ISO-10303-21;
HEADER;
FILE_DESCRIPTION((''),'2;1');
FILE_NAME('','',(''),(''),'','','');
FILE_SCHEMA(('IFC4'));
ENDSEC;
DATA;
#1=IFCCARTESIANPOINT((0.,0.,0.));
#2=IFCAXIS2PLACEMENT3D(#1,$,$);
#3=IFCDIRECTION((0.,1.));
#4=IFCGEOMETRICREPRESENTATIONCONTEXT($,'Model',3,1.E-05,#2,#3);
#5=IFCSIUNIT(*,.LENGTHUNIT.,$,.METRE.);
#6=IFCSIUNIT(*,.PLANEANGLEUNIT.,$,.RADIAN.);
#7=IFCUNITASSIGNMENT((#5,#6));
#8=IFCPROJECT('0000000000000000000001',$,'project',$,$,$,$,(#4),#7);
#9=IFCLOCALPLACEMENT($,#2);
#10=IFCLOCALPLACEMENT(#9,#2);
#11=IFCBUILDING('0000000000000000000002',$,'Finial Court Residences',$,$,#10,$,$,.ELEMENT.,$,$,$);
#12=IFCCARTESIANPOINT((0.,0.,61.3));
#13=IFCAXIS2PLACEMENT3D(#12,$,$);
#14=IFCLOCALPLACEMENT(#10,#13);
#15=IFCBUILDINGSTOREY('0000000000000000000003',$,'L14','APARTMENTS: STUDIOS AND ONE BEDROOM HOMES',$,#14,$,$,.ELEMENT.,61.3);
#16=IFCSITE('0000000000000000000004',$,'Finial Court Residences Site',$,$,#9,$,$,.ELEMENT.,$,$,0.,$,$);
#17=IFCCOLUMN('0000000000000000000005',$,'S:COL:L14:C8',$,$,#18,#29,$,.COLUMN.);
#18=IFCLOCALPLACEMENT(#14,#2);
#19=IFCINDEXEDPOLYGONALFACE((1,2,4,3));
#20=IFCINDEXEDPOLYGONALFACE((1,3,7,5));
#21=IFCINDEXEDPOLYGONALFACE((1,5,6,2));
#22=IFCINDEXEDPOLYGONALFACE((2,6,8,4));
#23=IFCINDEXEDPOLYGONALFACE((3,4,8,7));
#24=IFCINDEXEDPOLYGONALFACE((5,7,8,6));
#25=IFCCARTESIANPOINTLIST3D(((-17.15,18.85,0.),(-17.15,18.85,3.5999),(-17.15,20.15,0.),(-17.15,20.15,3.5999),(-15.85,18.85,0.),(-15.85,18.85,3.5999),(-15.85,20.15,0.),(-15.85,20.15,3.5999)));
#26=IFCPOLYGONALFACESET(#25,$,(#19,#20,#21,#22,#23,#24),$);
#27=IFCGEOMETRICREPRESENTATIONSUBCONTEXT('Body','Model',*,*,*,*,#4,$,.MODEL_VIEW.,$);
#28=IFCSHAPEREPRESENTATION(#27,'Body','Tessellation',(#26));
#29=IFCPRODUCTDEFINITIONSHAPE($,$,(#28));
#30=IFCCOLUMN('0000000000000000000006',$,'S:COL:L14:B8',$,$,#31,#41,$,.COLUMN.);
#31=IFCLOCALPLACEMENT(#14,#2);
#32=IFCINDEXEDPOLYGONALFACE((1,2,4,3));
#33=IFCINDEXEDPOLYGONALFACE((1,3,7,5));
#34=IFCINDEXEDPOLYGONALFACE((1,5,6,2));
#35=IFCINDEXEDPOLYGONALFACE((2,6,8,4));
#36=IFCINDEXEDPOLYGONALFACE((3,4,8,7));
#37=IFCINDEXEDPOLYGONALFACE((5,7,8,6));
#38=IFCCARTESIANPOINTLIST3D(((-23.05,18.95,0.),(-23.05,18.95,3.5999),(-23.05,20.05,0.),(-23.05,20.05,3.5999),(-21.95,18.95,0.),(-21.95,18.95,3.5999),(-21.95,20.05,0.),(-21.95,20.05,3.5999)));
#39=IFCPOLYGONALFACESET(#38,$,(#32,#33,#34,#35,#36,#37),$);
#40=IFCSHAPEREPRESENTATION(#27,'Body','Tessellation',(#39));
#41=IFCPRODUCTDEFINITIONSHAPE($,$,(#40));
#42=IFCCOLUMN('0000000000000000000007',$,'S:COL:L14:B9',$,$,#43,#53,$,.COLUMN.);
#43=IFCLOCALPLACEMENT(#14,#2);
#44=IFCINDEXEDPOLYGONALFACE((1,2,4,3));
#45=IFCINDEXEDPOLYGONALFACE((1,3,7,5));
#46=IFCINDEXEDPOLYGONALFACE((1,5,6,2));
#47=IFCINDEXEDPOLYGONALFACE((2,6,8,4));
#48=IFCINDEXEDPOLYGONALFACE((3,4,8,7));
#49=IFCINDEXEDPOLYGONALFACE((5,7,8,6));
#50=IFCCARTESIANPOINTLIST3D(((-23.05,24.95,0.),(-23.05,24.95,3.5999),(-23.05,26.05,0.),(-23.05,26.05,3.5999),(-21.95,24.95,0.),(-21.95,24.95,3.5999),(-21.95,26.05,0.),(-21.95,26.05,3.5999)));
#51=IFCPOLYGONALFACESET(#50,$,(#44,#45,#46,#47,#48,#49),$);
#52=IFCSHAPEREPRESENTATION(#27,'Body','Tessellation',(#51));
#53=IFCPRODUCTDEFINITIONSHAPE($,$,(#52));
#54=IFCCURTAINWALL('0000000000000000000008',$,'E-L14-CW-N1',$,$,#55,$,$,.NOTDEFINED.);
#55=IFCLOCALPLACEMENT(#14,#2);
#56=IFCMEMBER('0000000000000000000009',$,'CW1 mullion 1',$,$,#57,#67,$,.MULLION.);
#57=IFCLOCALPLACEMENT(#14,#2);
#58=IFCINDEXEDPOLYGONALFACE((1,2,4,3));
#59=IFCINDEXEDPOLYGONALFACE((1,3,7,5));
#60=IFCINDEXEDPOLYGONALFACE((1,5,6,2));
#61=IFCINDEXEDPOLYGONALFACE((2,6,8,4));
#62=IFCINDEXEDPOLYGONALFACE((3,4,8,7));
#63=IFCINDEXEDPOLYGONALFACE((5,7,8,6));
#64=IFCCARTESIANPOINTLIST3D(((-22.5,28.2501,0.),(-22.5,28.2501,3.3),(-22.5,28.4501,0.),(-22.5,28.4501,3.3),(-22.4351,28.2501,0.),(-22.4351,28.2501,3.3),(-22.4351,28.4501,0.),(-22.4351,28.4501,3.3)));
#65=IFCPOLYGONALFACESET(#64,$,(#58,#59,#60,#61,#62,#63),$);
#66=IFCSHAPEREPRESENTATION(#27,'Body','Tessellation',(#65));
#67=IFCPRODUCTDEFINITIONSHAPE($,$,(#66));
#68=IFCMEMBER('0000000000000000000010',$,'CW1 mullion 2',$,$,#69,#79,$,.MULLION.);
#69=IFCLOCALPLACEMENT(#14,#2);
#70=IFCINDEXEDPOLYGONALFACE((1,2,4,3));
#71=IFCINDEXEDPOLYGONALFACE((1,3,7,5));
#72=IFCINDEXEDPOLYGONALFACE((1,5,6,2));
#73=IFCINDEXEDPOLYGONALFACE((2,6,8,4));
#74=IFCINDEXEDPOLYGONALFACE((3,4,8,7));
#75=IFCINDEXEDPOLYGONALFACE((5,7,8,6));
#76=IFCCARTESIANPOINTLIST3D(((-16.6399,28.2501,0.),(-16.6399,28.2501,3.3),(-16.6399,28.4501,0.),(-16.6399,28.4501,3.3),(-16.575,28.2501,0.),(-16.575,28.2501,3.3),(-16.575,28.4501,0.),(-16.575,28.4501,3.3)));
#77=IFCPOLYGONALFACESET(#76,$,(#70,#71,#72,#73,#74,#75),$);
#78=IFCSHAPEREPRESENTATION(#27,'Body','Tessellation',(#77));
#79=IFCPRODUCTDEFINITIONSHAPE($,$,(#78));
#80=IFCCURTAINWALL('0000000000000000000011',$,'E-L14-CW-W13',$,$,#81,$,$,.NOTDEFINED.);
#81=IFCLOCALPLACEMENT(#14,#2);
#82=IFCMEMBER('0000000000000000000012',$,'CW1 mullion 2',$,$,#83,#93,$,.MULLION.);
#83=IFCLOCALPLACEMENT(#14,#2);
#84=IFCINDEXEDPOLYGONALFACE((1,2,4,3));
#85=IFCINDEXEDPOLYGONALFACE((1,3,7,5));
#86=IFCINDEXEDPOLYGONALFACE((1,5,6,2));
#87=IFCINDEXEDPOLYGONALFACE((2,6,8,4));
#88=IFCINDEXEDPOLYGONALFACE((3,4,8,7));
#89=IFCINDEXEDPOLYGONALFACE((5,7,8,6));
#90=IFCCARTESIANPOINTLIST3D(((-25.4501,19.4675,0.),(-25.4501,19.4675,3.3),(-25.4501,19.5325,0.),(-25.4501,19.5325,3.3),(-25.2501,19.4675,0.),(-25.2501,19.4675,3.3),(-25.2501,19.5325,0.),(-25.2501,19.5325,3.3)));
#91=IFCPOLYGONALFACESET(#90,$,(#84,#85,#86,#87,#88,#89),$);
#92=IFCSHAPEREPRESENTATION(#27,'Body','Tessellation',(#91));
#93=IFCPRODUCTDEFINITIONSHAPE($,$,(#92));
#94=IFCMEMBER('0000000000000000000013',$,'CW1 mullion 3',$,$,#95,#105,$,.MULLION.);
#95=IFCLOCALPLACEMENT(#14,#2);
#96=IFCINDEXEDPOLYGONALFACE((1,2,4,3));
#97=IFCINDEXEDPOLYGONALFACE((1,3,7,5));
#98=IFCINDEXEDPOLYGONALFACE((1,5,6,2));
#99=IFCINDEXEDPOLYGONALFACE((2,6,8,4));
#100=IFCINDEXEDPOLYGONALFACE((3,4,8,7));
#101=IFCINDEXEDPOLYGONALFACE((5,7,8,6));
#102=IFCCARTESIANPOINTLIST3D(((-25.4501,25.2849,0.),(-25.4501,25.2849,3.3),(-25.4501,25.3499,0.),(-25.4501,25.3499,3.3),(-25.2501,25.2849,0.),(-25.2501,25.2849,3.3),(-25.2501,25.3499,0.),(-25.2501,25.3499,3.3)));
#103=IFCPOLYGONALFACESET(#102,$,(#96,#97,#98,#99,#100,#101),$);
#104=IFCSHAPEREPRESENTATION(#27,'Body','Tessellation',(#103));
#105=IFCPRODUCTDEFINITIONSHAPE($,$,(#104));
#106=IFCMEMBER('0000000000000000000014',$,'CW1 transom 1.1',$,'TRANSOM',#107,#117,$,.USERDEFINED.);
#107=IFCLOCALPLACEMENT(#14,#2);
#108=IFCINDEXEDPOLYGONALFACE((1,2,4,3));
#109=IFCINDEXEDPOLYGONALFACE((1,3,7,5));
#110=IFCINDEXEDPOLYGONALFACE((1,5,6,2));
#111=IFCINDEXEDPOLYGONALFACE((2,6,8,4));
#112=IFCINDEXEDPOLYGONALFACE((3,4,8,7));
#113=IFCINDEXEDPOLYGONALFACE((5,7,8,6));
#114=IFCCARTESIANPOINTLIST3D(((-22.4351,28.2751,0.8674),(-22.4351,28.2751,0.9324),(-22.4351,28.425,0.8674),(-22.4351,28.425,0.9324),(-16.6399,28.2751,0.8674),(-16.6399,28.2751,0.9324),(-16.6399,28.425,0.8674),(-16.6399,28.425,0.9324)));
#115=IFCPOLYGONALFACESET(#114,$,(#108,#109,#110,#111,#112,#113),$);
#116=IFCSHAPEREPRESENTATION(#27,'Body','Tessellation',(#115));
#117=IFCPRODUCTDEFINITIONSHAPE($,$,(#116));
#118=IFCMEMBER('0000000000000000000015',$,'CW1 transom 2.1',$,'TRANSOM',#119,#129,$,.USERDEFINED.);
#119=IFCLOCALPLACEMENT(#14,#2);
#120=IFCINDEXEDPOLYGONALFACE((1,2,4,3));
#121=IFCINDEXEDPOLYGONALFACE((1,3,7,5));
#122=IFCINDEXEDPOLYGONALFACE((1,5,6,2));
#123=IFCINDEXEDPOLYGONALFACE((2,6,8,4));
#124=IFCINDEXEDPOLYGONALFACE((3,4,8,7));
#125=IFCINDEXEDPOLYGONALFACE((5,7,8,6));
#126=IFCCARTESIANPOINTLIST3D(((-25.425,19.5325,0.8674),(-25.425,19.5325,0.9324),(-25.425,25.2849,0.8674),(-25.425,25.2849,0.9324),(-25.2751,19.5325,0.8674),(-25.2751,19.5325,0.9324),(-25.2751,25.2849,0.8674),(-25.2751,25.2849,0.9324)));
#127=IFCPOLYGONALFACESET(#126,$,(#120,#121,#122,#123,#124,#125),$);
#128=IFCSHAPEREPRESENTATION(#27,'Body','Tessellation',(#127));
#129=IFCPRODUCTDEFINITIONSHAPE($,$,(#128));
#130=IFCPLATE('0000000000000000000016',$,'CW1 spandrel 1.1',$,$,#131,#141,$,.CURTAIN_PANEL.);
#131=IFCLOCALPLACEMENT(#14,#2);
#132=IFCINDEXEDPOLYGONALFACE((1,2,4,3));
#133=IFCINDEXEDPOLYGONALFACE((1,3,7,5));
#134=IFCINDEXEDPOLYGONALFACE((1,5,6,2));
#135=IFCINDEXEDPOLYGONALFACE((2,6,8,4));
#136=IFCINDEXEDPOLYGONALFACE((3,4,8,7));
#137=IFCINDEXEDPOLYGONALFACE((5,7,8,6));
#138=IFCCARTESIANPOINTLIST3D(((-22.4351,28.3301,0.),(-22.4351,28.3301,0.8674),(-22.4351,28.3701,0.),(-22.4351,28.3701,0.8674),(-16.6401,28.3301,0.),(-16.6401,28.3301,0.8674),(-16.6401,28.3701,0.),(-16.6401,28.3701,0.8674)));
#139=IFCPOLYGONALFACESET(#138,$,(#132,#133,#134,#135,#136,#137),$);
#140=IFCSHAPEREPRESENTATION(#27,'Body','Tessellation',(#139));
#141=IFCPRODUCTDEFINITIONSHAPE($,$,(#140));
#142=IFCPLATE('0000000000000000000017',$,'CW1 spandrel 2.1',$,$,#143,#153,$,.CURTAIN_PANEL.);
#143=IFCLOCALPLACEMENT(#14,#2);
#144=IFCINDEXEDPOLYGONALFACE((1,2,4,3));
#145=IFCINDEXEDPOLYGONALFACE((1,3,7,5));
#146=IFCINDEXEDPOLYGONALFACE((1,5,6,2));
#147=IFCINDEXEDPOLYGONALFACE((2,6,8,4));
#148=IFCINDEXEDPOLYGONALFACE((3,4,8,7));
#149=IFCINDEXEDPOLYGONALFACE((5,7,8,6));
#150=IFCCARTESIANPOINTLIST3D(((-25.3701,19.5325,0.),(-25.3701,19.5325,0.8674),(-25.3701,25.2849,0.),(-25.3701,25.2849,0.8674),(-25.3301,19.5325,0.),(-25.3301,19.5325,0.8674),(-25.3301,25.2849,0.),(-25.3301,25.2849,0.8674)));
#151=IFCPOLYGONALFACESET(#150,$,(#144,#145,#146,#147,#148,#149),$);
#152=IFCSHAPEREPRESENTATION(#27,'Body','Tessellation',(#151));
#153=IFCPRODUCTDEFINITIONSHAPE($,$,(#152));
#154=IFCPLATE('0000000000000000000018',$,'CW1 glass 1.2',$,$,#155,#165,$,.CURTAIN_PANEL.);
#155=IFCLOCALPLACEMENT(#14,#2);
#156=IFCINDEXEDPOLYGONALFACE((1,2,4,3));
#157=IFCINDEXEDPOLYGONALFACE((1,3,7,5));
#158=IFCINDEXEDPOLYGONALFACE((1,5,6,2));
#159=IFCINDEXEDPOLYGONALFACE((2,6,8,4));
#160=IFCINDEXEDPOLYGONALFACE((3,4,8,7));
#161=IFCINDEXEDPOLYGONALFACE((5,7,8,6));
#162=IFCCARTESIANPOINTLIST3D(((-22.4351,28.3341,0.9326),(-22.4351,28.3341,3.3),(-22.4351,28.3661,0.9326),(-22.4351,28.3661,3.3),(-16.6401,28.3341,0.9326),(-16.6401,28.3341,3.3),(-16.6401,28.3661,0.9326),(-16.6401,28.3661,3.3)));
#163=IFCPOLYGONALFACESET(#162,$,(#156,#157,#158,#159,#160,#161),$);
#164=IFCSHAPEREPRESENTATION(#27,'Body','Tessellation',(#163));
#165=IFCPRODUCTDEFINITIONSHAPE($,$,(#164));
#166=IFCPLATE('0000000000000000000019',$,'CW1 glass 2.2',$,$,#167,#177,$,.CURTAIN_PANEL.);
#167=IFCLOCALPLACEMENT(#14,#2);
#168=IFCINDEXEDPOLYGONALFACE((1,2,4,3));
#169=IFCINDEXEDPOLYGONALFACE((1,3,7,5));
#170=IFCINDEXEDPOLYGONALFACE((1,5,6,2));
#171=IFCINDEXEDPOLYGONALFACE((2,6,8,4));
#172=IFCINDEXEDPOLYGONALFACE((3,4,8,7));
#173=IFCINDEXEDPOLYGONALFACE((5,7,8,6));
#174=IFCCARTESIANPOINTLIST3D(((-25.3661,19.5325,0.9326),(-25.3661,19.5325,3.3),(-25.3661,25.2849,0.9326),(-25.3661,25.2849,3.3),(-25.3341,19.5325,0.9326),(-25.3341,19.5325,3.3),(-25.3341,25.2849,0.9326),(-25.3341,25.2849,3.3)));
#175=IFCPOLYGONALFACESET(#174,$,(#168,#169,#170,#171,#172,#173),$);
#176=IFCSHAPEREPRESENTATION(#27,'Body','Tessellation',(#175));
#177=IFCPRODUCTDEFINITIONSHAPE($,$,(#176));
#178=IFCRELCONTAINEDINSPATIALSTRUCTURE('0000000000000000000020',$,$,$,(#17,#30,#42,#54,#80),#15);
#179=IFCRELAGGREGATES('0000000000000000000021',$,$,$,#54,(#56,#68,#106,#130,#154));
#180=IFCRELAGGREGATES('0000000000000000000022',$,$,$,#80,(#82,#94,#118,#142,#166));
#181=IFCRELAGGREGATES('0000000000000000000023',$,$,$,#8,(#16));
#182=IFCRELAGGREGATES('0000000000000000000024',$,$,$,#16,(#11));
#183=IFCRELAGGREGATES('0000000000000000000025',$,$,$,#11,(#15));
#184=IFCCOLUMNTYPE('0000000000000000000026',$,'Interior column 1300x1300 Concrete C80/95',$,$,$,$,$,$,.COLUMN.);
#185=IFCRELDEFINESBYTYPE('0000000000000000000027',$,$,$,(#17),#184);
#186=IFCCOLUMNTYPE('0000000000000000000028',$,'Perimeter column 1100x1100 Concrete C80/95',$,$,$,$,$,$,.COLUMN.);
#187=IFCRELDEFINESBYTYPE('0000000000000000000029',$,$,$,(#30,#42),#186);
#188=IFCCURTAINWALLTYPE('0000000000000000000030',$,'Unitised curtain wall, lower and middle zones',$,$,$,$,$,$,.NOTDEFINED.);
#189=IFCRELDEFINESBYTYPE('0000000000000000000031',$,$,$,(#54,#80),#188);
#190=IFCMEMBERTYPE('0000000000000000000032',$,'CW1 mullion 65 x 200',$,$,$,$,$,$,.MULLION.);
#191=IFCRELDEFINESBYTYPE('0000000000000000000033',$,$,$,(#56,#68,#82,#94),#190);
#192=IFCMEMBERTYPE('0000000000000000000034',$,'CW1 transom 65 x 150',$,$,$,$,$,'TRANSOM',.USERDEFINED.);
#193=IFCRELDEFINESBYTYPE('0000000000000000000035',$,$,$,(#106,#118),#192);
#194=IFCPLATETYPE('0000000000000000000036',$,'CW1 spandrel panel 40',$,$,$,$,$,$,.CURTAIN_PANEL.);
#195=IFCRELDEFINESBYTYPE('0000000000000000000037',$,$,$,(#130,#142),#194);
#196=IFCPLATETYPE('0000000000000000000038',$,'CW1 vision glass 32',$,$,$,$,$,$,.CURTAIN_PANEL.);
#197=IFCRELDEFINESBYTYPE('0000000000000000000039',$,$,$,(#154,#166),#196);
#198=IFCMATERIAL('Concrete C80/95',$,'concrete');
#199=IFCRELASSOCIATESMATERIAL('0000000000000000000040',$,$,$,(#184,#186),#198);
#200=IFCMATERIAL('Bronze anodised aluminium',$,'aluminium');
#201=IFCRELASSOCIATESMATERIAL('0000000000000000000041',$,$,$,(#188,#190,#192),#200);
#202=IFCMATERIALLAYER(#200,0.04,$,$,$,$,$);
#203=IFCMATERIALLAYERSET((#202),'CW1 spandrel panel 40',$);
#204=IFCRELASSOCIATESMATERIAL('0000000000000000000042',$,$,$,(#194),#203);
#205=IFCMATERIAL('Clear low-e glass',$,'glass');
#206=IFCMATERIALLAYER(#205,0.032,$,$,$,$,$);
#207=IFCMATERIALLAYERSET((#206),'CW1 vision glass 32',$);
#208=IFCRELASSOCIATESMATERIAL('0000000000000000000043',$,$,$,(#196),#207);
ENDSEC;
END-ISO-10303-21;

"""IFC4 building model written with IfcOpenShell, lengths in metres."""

from ifc_helpers import new_model, si_unit, direction, frame, origin, origin_2d, place, context, subcontext, project, spatial, rectangle, extrude, material, layer, layer_set, material_profile, profile_set, type_object, element, aggregate, save


model = new_model("IFC4")

# Units and contexts
model_context = context("Model", 3, precision=1e-05, world=origin(), true_north=direction((0.0, 1.0)))
body_context = subcontext(model_context, "Body", "Model", "MODEL_VIEW")
ifc_project = project(units=[si_unit("LENGTHUNIT", "METRE"), si_unit("PLANEANGLEUNIT", "RADIAN")], contexts=[model_context])

# Site, building, storey
site_placement = place(None, origin())
site = spatial("IfcSite", under=ifc_project, at=site_placement, Name="Finial Court Residences Site", CompositionType="ELEMENT", RefElevation=0.0)
building_placement = place(site_placement, origin())
building = spatial("IfcBuilding", under=site, at=building_placement, Name="Finial Court Residences", CompositionType="ELEMENT")
storey_placement = place(building_placement, frame((0.0, 0.0, 61.3)))
storey = spatial("IfcBuildingStorey", under=building, at=storey_placement, Name="L14", Description="APARTMENTS: STUDIOS AND ONE BEDROOM HOMES", CompositionType="ELEMENT", Elevation=61.3)

# Columns
ifc_material_1 = material(Name="Concrete C80/95", Category="concrete")
ifc_material_profile_1 = material_profile(ifc_material_1, rectangle(XDim=1.3, YDim=1.3, at=origin_2d()), Name="1300x1300")
ifc_profile_set_1 = profile_set([ifc_material_profile_1], Name="Concrete C80/95")
column_type_1 = type_object("IfcColumnType", Name="Interior column 1300x1300 Concrete C80/95", PredefinedType="COLUMN", material=ifc_profile_set_1)
column_placement = place(storey_placement, frame((-16.5, 19.5, 0.0), z_axis=(0.0, 0.0, 1.0), x_axis=(1.0, 0.0, 0.0)))
element("IfcColumn", 1, at=column_placement, inside=storey, type_object=column_type_1, Name="S:COL:L14:C8", PredefinedType="COLUMN", context=body_context, shape_type="SweptSolid", body=[
    extrude(rectangle(XDim=1.3, YDim=1.3, at=origin_2d()), origin(), (0.0, 0.0, 1.0), 3.5999),
])
ifc_material_profile_2 = material_profile(ifc_material_1, rectangle(XDim=1.1001, YDim=1.1001, at=origin_2d()), Name="1100x1100")
ifc_profile_set_2 = profile_set([ifc_material_profile_2], Name="Concrete C80/95")
column_type_2 = type_object("IfcColumnType", Name="Perimeter column 1100x1100 Concrete C80/95", PredefinedType="COLUMN", material=ifc_profile_set_2)
for number, where, z_axis, x_axis, name in (
    (2, (-22.5, 19.5, 0.0), (0.0, 0.0, 1.0), (1.0, 0.0, 0.0), "S:COL:L14:B8"),
    (3, (-22.5, 25.5, 0.0), (0.0, 0.0, 1.0), (1.0, 0.0, 0.0), "S:COL:L14:B9"),
):
    element("IfcColumn", number, at=place(storey_placement, frame(where, z_axis=z_axis, x_axis=x_axis)), inside=storey, type_object=column_type_2, Name=name, PredefinedType="COLUMN", context=body_context, shape_type="SweptSolid", body=[
        extrude(rectangle(XDim=1.1001, YDim=1.1001, at=origin_2d()), origin(), (0.0, 0.0, 1.0), 3.5999),
    ])

# Curtain walls, members
ifc_material_2 = material(Name="Bronze anodised aluminium", Category="aluminium")
curtain_wall_type = type_object("IfcCurtainWallType", Name="Unitised curtain wall, lower and middle zones", PredefinedType="NOTDEFINED", material=ifc_material_2)
curtain_wall_1_placement = place(storey_placement, origin())
curtain_wall_1 = element("IfcCurtainWall", 4, at=curtain_wall_1_placement, inside=storey, type_object=curtain_wall_type, Name="E-L14-CW-N1", PredefinedType="NOTDEFINED")
ifc_material_profile_3 = material_profile(ifc_material_2, rectangle(XDim=0.2, YDim=0.0649, at=origin_2d()), Name="CW1 mullion 65 x 200")
ifc_profile_set_3 = profile_set([ifc_material_profile_3], Name="Bronze anodised aluminium")
member_type_1 = type_object("IfcMemberType", Name="CW1 mullion 65 x 200", PredefinedType="MULLION", material=ifc_profile_set_3)
member_1_placement = place(storey_placement, frame((-22.4675, 28.3501, 0.0), z_axis=(0.0, 0.0, 1.0), x_axis=(0.0, 1.0, 0.0)))
member_1 = element("IfcMember", 5, at=member_1_placement, type_object=member_type_1, Name="CW1 mullion 1", PredefinedType="MULLION", context=body_context, shape_type="SweptSolid", body=[
    extrude(rectangle(XDim=0.2, YDim=0.0649, at=origin_2d()), origin(), (0.0, 0.0, 1.0), 3.3),
])
member_2_placement = place(storey_placement, frame((-16.6074, 28.3501, 0.0), z_axis=(0.0, 0.0, 1.0), x_axis=(0.0, 1.0, 0.0)))
member_2 = element("IfcMember", 6, at=member_2_placement, type_object=member_type_1, Name="CW1 mullion 2", PredefinedType="MULLION", context=body_context, shape_type="SweptSolid", body=[
    extrude(rectangle(XDim=0.2, YDim=0.0649, at=origin_2d()), origin(), (0.0, 0.0, 1.0), 3.3),
])
curtain_wall_2_placement = place(storey_placement, origin())
curtain_wall_2 = element("IfcCurtainWall", 7, at=curtain_wall_2_placement, inside=storey, type_object=curtain_wall_type, Name="E-L14-CW-W13", PredefinedType="NOTDEFINED")
member_3_placement = place(storey_placement, frame((-25.3501, 19.5, 0.0), z_axis=(0.0, 0.0, 1.0), x_axis=(-1.0, 0.0, 0.0)))
member_3 = element("IfcMember", 8, at=member_3_placement, type_object=member_type_1, Name="CW1 mullion 2", PredefinedType="MULLION", context=body_context, shape_type="SweptSolid", body=[
    extrude(rectangle(XDim=0.2, YDim=0.0649, at=origin_2d()), origin(), (0.0, 0.0, 1.0), 3.3),
])
member_4_placement = place(storey_placement, frame((-25.3501, 25.3174, 0.0), z_axis=(0.0, 0.0, 1.0), x_axis=(-1.0, 0.0, 0.0)))
member_4 = element("IfcMember", 9, at=member_4_placement, type_object=member_type_1, Name="CW1 mullion 3", PredefinedType="MULLION", context=body_context, shape_type="SweptSolid", body=[
    extrude(rectangle(XDim=0.2, YDim=0.0649, at=origin_2d()), origin(), (0.0, 0.0, 1.0), 3.3),
])

# Members
ifc_material_profile_4 = material_profile(ifc_material_2, rectangle(XDim=0.1499, YDim=0.0649, at=origin_2d()), Name="CW1 transom 65 x 150")
ifc_profile_set_4 = profile_set([ifc_material_profile_4], Name="Bronze anodised aluminium")
member_type_2 = type_object("IfcMemberType", Name="CW1 transom 65 x 150", ElementType="TRANSOM", PredefinedType="USERDEFINED", material=ifc_profile_set_4)
member_5_placement = place(storey_placement, frame((-22.4351, 28.3501, 0.8999), z_axis=(1.0, 0.0, 0.0), x_axis=(0.0, 1.0, 0.0)))
member_5 = element("IfcMember", 10, at=member_5_placement, type_object=member_type_2, Name="CW1 transom 1.1", ObjectType="TRANSOM", PredefinedType="USERDEFINED", context=body_context, shape_type="SweptSolid", body=[
    extrude(rectangle(XDim=0.1499, YDim=0.0649, at=origin_2d()), origin(), (0.0, 0.0, 1.0), 5.7952),
])
member_6_placement = place(storey_placement, frame((-25.3501, 19.5325, 0.8999), z_axis=(0.0, 1.0, 0.0), x_axis=(-1.0, 0.0, 0.0)))
member_6 = element("IfcMember", 11, at=member_6_placement, type_object=member_type_2, Name="CW1 transom 2.1", ObjectType="TRANSOM", PredefinedType="USERDEFINED", context=body_context, shape_type="SweptSolid", body=[
    extrude(rectangle(XDim=0.1499, YDim=0.0649, at=origin_2d()), origin(), (0.0, 0.0, 1.0), 5.7524),
])

# Plates
ifc_layer_1 = layer(ifc_material_2, 0.04)
ifc_layer_set_1 = layer_set([ifc_layer_1], Name="CW1 spandrel panel 40")
plate_type_1 = type_object("IfcPlateType", Name="CW1 spandrel panel 40", PredefinedType="CURTAIN_PANEL", material=ifc_layer_set_1)
plate_1_placement = place(storey_placement, frame((-19.5376, 28.3501, 0.0), z_axis=(0.0, 0.0, 1.0), x_axis=(1.0, 0.0, 0.0)))
plate_1 = element("IfcPlate", 12, at=plate_1_placement, type_object=plate_type_1, Name="CW1 spandrel 1.1", PredefinedType="CURTAIN_PANEL", context=body_context, shape_type="SweptSolid", body=[
    extrude(rectangle(XDim=5.7949, YDim=0.04, at=origin_2d()), origin(), (0.0, 0.0, 1.0), 0.8674),
])
plate_2_placement = place(storey_placement, frame((-25.3501, 22.4087, 0.0), z_axis=(0.0, 0.0, 1.0), x_axis=(0.0, 1.0, 0.0)))
plate_2 = element("IfcPlate", 13, at=plate_2_placement, type_object=plate_type_1, Name="CW1 spandrel 2.1", PredefinedType="CURTAIN_PANEL", context=body_context, shape_type="SweptSolid", body=[
    extrude(rectangle(XDim=5.7524, YDim=0.04, at=origin_2d()), origin(), (0.0, 0.0, 1.0), 0.8674),
])
ifc_material_3 = material(Name="Clear low-e glass", Category="glass")
ifc_layer_2 = layer(ifc_material_3, 0.032)
ifc_layer_set_2 = layer_set([ifc_layer_2], Name="CW1 vision glass 32")
plate_type_2 = type_object("IfcPlateType", Name="CW1 vision glass 32", PredefinedType="CURTAIN_PANEL", material=ifc_layer_set_2)
plate_3_placement = place(storey_placement, frame((-19.5376, 28.3501, 0.9326), z_axis=(0.0, 0.0, 1.0), x_axis=(1.0, 0.0, 0.0)))
plate_3 = element("IfcPlate", 14, at=plate_3_placement, type_object=plate_type_2, Name="CW1 glass 1.2", PredefinedType="CURTAIN_PANEL", context=body_context, shape_type="SweptSolid", body=[
    extrude(rectangle(XDim=5.7949, YDim=0.032, at=origin_2d()), origin(), (0.0, 0.0, 1.0), 2.3674),
])
aggregate(curtain_wall_1, [member_1, member_2, member_5, plate_1, plate_3])
plate_4_placement = place(storey_placement, frame((-25.3501, 22.4087, 0.9326), z_axis=(0.0, 0.0, 1.0), x_axis=(0.0, 1.0, 0.0)))
plate_4 = element("IfcPlate", 15, at=plate_4_placement, type_object=plate_type_2, Name="CW1 glass 2.2", PredefinedType="CURTAIN_PANEL", context=body_context, shape_type="SweptSolid", body=[
    extrude(rectangle(XDim=5.7524, YDim=0.032, at=origin_2d()), origin(), (0.0, 0.0, 1.0), 2.3674),
])
aggregate(curtain_wall_2, [member_3, member_4, member_6, plate_2, plate_4])

save(model, "model.ifc")
